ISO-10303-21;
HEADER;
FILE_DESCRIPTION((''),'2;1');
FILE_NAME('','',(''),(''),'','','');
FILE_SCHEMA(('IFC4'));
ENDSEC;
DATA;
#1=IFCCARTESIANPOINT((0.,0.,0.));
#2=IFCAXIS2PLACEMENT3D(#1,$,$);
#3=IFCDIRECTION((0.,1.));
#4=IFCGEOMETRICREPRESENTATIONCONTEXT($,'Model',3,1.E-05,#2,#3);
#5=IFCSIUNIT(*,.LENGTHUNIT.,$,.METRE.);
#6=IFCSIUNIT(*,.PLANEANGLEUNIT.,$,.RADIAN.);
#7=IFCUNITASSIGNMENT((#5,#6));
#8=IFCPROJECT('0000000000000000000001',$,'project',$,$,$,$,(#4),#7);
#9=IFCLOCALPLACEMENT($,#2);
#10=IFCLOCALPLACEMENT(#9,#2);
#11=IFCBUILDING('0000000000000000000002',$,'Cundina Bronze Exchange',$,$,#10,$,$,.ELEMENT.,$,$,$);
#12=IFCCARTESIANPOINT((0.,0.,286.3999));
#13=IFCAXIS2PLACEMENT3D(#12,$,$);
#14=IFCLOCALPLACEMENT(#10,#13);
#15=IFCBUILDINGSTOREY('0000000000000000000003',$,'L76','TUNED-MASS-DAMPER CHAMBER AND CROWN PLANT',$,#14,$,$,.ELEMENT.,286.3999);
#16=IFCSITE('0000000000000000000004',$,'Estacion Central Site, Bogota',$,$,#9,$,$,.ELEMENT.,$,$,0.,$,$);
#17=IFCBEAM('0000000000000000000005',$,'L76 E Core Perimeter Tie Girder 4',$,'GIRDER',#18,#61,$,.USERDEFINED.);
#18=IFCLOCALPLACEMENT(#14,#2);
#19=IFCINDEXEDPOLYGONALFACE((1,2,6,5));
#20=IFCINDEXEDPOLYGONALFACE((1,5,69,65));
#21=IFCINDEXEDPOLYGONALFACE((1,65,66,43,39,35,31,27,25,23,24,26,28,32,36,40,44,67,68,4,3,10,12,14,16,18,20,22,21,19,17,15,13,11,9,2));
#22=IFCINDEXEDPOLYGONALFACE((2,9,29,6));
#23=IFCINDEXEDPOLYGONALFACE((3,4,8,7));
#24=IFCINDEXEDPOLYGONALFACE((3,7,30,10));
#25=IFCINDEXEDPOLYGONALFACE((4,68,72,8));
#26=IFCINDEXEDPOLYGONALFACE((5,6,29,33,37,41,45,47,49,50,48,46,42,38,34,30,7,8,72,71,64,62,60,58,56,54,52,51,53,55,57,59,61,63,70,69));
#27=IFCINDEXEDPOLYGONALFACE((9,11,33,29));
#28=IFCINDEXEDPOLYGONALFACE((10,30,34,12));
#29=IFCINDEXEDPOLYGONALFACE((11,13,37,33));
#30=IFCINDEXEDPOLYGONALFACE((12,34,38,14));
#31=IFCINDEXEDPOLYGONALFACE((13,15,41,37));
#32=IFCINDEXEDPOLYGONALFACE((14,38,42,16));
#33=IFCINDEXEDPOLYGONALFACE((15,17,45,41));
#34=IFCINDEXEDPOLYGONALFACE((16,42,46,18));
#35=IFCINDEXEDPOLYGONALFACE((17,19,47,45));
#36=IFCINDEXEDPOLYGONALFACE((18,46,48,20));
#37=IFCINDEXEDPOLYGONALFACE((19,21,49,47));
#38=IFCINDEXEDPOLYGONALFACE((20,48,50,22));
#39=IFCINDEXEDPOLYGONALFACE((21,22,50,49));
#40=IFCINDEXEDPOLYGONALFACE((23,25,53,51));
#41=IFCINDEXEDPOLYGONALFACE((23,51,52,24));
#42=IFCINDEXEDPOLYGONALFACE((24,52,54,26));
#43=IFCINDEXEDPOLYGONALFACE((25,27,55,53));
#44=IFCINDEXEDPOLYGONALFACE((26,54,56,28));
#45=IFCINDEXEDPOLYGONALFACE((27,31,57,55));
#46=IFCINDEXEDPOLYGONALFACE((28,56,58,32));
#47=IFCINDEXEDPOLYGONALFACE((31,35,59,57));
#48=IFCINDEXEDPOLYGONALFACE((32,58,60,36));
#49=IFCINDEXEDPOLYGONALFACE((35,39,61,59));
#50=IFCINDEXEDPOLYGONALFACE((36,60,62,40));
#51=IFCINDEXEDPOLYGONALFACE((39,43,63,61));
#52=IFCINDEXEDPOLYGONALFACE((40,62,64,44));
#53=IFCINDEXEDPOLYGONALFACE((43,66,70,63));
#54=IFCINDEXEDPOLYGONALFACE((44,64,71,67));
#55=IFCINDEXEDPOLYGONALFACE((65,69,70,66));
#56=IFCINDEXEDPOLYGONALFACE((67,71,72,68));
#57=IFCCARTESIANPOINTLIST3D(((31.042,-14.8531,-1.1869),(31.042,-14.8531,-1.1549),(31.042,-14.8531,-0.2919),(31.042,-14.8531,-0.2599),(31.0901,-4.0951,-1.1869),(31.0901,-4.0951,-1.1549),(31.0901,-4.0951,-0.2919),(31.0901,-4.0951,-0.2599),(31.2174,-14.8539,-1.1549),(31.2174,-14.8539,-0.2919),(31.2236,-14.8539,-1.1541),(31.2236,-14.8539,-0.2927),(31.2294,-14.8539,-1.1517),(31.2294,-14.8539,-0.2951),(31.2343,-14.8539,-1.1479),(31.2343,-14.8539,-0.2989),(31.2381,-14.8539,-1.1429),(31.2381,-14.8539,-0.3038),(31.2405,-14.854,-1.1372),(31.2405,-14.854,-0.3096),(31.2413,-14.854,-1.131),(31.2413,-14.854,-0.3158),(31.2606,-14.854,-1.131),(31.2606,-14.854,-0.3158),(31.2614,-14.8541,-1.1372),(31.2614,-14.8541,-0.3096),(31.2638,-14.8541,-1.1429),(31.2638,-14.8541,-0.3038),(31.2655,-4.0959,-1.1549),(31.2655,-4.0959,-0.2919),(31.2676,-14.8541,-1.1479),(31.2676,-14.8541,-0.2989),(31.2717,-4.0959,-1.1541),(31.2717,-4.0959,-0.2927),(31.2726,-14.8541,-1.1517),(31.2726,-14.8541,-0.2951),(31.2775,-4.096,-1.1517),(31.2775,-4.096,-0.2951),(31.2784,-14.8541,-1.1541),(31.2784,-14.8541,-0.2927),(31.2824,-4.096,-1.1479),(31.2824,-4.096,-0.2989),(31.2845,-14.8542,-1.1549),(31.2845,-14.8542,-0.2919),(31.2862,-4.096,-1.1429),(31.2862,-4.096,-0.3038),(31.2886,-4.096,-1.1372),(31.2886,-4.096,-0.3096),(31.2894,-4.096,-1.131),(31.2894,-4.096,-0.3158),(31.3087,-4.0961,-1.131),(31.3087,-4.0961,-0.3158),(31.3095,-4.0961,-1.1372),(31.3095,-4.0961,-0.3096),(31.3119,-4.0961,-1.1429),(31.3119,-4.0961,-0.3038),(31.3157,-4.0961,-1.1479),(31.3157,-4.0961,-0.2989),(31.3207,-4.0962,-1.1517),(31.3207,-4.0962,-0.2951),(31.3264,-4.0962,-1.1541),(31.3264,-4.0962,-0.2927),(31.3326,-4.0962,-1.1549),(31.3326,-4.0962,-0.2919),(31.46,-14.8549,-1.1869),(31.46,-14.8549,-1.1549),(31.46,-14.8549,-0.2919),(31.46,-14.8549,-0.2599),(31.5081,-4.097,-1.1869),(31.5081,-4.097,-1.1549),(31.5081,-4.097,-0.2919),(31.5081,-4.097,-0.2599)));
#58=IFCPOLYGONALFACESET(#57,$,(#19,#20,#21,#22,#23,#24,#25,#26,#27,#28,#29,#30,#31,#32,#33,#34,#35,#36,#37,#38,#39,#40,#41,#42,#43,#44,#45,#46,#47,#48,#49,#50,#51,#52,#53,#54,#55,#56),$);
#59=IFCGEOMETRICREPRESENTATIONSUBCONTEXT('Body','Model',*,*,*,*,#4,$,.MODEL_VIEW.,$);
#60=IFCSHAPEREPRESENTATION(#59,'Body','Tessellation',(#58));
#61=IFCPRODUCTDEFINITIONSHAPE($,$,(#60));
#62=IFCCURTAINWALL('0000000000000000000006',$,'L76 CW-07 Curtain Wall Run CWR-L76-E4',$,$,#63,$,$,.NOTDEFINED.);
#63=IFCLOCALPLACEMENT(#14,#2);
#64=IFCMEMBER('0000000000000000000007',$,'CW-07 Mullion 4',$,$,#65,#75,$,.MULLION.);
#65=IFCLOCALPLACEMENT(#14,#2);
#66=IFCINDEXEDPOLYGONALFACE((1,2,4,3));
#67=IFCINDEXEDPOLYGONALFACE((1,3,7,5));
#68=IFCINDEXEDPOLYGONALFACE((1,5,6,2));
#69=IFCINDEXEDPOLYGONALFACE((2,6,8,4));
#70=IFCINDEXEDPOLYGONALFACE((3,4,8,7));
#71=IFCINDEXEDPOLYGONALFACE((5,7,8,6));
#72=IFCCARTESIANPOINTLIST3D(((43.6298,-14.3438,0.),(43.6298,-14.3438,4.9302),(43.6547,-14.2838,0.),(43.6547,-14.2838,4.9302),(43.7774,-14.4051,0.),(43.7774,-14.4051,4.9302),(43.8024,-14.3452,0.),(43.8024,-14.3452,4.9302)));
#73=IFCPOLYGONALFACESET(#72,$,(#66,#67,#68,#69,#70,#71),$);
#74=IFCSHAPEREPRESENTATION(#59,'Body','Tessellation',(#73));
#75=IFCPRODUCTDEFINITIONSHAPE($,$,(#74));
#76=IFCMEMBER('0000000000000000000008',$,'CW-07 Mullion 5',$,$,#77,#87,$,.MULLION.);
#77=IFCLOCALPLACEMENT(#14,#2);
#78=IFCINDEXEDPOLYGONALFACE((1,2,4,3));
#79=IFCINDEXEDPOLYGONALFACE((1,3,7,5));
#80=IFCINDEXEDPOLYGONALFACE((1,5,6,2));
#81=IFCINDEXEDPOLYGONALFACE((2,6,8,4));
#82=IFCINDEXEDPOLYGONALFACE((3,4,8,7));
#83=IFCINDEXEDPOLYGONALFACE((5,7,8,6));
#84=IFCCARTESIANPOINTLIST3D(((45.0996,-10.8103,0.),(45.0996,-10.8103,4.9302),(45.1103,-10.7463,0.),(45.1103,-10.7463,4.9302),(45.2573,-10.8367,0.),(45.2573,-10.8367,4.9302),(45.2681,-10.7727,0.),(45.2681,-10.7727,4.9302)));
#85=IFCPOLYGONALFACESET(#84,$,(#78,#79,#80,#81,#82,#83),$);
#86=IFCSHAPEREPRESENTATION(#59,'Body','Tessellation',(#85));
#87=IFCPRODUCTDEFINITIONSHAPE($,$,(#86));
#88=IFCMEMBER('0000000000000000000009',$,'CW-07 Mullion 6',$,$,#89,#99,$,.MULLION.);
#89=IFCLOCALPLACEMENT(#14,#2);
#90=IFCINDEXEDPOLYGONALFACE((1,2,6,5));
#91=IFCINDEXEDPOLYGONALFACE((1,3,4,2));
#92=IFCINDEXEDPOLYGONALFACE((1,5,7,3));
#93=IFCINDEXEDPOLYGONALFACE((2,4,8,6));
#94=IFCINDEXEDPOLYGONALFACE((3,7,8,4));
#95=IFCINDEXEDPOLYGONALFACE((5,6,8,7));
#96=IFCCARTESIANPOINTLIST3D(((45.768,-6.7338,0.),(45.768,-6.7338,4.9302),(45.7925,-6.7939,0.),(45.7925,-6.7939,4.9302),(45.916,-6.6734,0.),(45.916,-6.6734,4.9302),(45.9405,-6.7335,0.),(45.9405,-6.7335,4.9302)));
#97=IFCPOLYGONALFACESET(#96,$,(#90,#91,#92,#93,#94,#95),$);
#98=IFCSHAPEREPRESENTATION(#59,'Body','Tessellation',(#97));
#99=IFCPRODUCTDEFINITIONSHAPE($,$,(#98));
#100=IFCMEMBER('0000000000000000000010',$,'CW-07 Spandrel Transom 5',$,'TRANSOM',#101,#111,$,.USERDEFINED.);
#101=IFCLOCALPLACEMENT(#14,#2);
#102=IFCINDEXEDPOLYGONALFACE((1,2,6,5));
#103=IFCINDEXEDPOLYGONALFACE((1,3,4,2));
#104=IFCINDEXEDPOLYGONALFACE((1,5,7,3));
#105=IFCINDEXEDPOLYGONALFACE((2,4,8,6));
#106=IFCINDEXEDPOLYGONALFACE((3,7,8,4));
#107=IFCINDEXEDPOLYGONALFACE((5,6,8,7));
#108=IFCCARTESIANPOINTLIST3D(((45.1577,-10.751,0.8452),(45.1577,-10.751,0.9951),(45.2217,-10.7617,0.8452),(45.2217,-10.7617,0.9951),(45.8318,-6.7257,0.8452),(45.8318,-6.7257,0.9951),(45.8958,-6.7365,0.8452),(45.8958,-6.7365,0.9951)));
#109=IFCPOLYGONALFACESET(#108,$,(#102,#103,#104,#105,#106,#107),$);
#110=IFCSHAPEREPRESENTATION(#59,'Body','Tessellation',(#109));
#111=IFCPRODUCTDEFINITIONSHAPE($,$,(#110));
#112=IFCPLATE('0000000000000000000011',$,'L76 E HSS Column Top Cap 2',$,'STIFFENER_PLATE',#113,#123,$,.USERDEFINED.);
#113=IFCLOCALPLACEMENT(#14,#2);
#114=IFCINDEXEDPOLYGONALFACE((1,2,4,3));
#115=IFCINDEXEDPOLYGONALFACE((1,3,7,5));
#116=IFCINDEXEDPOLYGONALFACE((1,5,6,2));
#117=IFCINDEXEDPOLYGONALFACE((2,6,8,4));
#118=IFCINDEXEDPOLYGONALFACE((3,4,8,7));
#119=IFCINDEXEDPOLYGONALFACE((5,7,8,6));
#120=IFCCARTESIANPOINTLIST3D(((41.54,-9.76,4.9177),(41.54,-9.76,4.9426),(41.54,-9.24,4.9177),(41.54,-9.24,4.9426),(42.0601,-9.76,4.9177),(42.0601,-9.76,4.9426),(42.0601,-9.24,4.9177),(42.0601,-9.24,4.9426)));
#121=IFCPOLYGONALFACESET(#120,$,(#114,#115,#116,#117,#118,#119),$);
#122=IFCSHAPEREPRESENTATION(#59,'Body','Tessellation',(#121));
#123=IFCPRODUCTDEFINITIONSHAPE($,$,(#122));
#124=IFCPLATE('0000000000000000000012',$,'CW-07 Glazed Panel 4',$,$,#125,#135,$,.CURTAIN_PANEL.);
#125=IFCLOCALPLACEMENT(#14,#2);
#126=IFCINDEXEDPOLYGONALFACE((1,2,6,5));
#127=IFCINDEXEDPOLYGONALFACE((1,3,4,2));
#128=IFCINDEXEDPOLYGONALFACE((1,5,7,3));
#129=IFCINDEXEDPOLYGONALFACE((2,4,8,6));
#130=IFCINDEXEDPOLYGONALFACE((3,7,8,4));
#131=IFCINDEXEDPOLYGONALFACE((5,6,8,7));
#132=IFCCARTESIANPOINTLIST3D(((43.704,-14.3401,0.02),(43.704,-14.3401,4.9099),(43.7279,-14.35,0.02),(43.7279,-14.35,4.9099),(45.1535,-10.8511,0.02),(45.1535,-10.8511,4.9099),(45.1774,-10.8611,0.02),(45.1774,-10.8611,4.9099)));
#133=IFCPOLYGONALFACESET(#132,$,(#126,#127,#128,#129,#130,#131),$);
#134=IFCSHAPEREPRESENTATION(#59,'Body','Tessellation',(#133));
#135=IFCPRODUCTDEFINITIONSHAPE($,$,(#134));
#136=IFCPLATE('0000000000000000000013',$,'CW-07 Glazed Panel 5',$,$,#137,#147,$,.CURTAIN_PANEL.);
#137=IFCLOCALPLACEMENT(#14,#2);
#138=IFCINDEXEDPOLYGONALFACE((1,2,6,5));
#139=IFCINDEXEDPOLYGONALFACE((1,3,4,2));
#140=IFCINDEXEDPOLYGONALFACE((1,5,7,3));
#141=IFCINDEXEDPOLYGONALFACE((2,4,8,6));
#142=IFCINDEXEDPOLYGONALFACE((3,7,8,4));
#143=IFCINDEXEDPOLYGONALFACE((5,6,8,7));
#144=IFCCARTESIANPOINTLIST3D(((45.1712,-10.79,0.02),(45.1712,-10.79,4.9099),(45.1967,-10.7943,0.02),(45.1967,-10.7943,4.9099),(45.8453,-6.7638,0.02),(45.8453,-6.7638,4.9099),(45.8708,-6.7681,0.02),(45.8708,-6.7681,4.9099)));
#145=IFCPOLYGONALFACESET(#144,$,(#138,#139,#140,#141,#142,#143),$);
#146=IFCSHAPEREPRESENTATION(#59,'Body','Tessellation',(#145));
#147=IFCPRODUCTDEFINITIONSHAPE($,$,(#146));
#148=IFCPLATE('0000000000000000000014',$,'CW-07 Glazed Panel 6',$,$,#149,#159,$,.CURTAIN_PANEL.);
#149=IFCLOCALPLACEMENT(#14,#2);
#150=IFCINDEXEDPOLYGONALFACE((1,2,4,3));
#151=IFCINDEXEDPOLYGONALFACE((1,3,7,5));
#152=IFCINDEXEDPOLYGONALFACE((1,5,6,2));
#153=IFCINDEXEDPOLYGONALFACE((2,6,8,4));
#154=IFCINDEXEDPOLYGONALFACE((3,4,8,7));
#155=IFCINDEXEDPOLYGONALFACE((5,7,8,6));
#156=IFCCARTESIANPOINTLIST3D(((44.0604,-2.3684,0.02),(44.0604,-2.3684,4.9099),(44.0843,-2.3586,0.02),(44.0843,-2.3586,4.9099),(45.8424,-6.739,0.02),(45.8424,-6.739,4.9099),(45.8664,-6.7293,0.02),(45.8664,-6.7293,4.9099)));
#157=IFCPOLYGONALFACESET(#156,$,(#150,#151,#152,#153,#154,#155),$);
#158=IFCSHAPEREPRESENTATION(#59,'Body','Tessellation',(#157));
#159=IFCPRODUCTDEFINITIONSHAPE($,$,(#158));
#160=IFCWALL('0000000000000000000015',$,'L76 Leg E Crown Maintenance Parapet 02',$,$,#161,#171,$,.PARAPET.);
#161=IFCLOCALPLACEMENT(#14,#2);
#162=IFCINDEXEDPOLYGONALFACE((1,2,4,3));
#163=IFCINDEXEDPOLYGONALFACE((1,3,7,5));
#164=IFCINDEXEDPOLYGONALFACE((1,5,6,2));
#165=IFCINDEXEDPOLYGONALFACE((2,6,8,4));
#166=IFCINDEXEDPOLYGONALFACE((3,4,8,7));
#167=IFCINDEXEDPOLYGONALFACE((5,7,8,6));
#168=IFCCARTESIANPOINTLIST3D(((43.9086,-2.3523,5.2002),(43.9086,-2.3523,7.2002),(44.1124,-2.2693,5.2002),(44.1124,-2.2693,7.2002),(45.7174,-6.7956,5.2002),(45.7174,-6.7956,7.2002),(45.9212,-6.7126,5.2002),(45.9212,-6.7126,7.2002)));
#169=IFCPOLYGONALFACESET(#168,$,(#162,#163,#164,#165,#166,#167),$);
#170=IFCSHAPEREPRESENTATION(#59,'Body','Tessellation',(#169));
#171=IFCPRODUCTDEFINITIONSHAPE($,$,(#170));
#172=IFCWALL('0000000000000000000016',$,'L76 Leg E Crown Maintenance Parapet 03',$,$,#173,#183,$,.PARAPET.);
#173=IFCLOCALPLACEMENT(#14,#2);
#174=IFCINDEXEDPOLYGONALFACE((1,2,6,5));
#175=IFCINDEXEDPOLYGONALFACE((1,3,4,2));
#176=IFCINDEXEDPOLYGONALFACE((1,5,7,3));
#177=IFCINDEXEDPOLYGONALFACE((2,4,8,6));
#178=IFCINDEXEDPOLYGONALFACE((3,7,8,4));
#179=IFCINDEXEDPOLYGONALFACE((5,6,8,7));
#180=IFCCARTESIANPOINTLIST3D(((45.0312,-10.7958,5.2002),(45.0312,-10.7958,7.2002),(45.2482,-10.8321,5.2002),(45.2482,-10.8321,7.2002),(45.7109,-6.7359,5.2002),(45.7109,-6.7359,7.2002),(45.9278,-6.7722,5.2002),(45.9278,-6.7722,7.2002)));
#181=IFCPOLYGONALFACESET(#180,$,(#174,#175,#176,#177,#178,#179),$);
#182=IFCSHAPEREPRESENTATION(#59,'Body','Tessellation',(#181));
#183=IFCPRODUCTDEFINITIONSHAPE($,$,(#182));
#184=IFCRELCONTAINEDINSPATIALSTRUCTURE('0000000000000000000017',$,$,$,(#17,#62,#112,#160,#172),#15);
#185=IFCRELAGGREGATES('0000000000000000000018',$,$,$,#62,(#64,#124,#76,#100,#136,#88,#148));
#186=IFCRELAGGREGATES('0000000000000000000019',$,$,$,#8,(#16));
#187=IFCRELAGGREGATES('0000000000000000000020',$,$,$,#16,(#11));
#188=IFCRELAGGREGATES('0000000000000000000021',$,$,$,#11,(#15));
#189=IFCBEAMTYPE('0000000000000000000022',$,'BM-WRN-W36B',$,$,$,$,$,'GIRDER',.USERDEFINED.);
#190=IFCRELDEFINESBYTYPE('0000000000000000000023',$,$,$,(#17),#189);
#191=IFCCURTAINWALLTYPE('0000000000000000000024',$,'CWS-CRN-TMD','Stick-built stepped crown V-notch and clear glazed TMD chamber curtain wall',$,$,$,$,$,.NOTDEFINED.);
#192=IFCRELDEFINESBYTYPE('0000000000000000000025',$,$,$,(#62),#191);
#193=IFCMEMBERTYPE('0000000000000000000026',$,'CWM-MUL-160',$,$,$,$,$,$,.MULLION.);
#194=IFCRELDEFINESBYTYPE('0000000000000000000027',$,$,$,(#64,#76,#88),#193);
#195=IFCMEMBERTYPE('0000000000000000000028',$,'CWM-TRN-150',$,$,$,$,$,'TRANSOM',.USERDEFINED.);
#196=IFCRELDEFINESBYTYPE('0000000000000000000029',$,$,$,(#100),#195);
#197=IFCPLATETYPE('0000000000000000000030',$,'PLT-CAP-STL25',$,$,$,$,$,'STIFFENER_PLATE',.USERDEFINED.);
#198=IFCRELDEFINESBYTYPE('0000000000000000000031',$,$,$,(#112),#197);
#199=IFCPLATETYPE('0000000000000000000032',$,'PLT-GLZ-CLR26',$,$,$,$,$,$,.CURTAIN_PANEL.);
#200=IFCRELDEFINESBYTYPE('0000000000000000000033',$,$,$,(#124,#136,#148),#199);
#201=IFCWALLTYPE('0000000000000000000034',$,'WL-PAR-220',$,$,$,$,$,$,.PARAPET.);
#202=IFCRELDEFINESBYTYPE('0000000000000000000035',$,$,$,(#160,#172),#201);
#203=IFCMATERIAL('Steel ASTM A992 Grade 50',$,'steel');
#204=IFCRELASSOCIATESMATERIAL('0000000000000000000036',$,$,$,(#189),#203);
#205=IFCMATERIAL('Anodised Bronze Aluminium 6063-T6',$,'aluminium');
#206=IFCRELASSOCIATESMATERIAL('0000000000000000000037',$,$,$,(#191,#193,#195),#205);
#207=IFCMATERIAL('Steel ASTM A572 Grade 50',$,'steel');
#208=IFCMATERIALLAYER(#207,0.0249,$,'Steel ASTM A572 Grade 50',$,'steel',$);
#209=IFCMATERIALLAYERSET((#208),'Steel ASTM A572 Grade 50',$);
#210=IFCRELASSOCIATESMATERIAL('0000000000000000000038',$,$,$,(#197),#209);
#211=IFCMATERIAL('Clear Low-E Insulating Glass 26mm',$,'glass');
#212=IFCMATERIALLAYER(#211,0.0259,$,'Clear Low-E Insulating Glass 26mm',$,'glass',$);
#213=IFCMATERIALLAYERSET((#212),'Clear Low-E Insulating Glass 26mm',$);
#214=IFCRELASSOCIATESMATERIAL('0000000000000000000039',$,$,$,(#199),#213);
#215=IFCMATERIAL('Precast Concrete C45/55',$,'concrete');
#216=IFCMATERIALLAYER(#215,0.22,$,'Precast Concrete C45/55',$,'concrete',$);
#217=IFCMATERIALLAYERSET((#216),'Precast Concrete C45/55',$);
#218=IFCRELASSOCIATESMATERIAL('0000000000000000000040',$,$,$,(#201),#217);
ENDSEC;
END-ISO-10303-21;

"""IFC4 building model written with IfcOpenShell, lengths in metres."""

from ifc_helpers import new_model, si_unit, direction, frame, frame_2d, origin, origin_2d, place, context, subcontext, project, spatial, rectangle, i_section, extrude, material, layer, layer_set, material_profile, profile_set, type_object, element, aggregate, save


model = new_model("IFC4")

# Units and contexts
model_context = context("Model", 3, precision=1e-05, world=origin(), true_north=direction((0.0, 1.0)))
body_context = subcontext(model_context, "Body", "Model", "MODEL_VIEW")
ifc_project = project(units=[si_unit("LENGTHUNIT", "METRE"), si_unit("PLANEANGLEUNIT", "RADIAN")], contexts=[model_context])

# Site, building, storey
site_placement = place(None, origin())
site = spatial("IfcSite", under=ifc_project, at=site_placement, Name="Estacion Central Site, Bogota", CompositionType="ELEMENT", RefElevation=0.0)
building_placement = place(site_placement, origin())
building = spatial("IfcBuilding", under=site, at=building_placement, Name="Cundina Bronze Exchange", CompositionType="ELEMENT")
storey_placement = place(building_placement, frame((0.0, 0.0, 286.3999)))
storey = spatial("IfcBuildingStorey", under=building, at=storey_placement, Name="L76", Description="TUNED-MASS-DAMPER CHAMBER AND CROWN PLANT", CompositionType="ELEMENT", Elevation=286.3999)

# Shared definitions
ifc_material_1 = material(Name="Steel ASTM A992 Grade 50", Category="steel")

# Beam
ifc_material_profile_1 = material_profile(ifc_material_1, i_section(OverallWidth=0.418, OverallDepth=0.927, WebThickness=0.0193, FlangeThickness=0.032, FilletRadius=0.0239, at=origin_2d()), Name="W36X231", Category="steel")
ifc_profile_set_1 = profile_set([ifc_material_profile_1], Name="Steel ASTM A992 Grade 50")
beam_type_1 = type_object("IfcBeamType", Name="BM-WRN-W36B", ElementType="GIRDER", PredefinedType="USERDEFINED", material=ifc_profile_set_1)
beam_1_placement = place(storey_placement, frame((31.251, -14.854, -0.7234), z_axis=(0.004471, 0.99999, 0.0), x_axis=(-0.99999, 0.004471, 0.0)))
element("IfcBeam", 1, at=beam_1_placement, inside=storey, type_object=beam_type_1, Name="L76 E Core Perimeter Tie Girder 4", ObjectType="GIRDER", PredefinedType="USERDEFINED", context=body_context, shape_type="SweptSolid", body=[
    extrude(i_section(OverallWidth=0.418, OverallDepth=0.927, WebThickness=0.0193, FlangeThickness=0.032, FilletRadius=0.0239, at=origin_2d()), origin(), (0.0, 0.0, 1.0), 10.7581),
])

# Curtain wall, members
ifc_material_2 = material(Name="Anodised Bronze Aluminium 6063-T6", Category="aluminium")
curtain_wall_type = type_object("IfcCurtainWallType", Name="CWS-CRN-TMD", Description="Stick-built stepped crown V-notch and clear glazed TMD chamber curtain wall", PredefinedType="NOTDEFINED", material=ifc_material_2)
curtain_wall_placement = place(storey_placement, origin())
curtain_wall = element("IfcCurtainWall", 2, at=curtain_wall_placement, inside=storey, type_object=curtain_wall_type, Name="L76 CW-07 Curtain Wall Run CWR-L76-E4", PredefinedType="NOTDEFINED")
ifc_material_profile_2 = material_profile(ifc_material_2, rectangle(XDim=0.0649, YDim=0.1599, at=origin_2d()), Name="AL65X160", Category="aluminium")
ifc_profile_set_2 = profile_set([ifc_material_profile_2], Name="Anodised Bronze Aluminium 6063-T6")
member_type_1 = type_object("IfcMemberType", Name="CWM-MUL-160", PredefinedType="MULLION", material=ifc_profile_set_2)
member_1_placement = place(storey_placement, frame((43.7161, -14.3445, 0.0), z_axis=(0.0, 0.0, 1.0), x_axis=(0.383651, 0.923478, 0.0)))
member_1 = element("IfcMember", 3, at=member_1_placement, type_object=member_type_1, Name="CW-07 Mullion 4", PredefinedType="MULLION", context=body_context, shape_type="SweptSolid", body=[
    extrude(rectangle(XDim=0.0649, YDim=0.1599, at=origin_2d()), origin(), (0.0, 0.0, 1.0), 4.9302),
])
member_2_placement = place(storey_placement, frame((45.1838, -10.7915, 0.0), z_axis=(0.0, 0.0, 1.0), x_axis=(0.165048, 0.986286, 0.0)))
member_2 = element("IfcMember", 4, at=member_2_placement, type_object=member_type_1, Name="CW-07 Mullion 5", PredefinedType="MULLION", context=body_context, shape_type="SweptSolid", body=[
    extrude(rectangle(XDim=0.0649, YDim=0.1599, at=origin_2d()), origin(), (0.0, 0.0, 1.0), 4.9302),
])
member_3_placement = place(storey_placement, frame((45.8542, -6.7336, 0.0), z_axis=(0.0, 0.0, 1.0), x_axis=(-0.377518, 0.926002, 0.0)))
member_3 = element("IfcMember", 5, at=member_3_placement, type_object=member_type_1, Name="CW-07 Mullion 6", PredefinedType="MULLION", context=body_context, shape_type="SweptSolid", body=[
    extrude(rectangle(XDim=0.0649, YDim=0.1599, at=origin_2d()), origin(), (0.0, 0.0, 1.0), 4.9302),
])
ifc_material_profile_3 = material_profile(ifc_material_2, rectangle(XDim=0.0649, YDim=0.1499, at=origin_2d()), Name="AL65X150", Category="aluminium")
ifc_profile_set_3 = profile_set([ifc_material_profile_3], Name="Anodised Bronze Aluminium 6063-T6")
member_type_2 = type_object("IfcMemberType", Name="CWM-TRN-150", ElementType="TRANSOM", PredefinedType="USERDEFINED", material=ifc_profile_set_3)
member_4_placement = place(storey_placement, frame((45.1897, -10.7563, 0.9202), z_axis=(0.165165, 0.986266, 0.0), x_axis=(-0.986266, 0.165165, 0.0)))
member_4 = element("IfcMember", 6, at=member_4_placement, type_object=member_type_2, Name="CW-07 Spandrel Transom 5", ObjectType="TRANSOM", PredefinedType="USERDEFINED", context=body_context, shape_type="SweptSolid", body=[
    extrude(rectangle(XDim=0.0649, YDim=0.1499, at=origin_2d()), origin(), (0.0, 0.0, 1.0), 4.0813),
])

# Plates
ifc_material_3 = material(Name="Steel ASTM A572 Grade 50", Category="steel")
ifc_layer_1 = layer(ifc_material_3, 0.0249, Name="Steel ASTM A572 Grade 50", Category="steel")
ifc_layer_set_1 = layer_set([ifc_layer_1], Name="Steel ASTM A572 Grade 50")
plate_type_1 = type_object("IfcPlateType", Name="PLT-CAP-STL25", ElementType="STIFFENER_PLATE", PredefinedType="USERDEFINED", material=ifc_layer_set_1)
plate_1_placement = place(storey_placement, frame((41.8, -9.5, 4.9177), z_axis=(0.0, 0.0, 1.0), x_axis=(1.0, 0.0, 0.0)))
element("IfcPlate", 7, at=plate_1_placement, inside=storey, type_object=plate_type_1, Name="L76 E HSS Column Top Cap 2", ObjectType="STIFFENER_PLATE", PredefinedType="USERDEFINED", context=body_context, shape_type="SweptSolid", body=[
    extrude(rectangle(XDim=0.52, YDim=0.52, at=origin_2d()), origin(), (0.0, 0.0, 1.0), 0.0249),
])
ifc_material_4 = material(Name="Clear Low-E Insulating Glass 26mm", Category="glass")
ifc_layer_2 = layer(ifc_material_4, 0.0259, Name="Clear Low-E Insulating Glass 26mm", Category="glass")
ifc_layer_set_2 = layer_set([ifc_layer_2], Name="Clear Low-E Insulating Glass 26mm")
plate_type_2 = type_object("IfcPlateType", Name="PLT-GLZ-CLR26", PredefinedType="CURTAIN_PANEL", material=ifc_layer_set_2)
plate_2_placement = place(storey_placement, frame((44.4407, -12.6006, 0.02), z_axis=(0.0, 0.0, 1.0), x_axis=(0.383667, 0.923472, 0.0)))
plate_2 = element("IfcPlate", 8, at=plate_2_placement, type_object=plate_type_2, Name="CW-07 Glazed Panel 4", PredefinedType="CURTAIN_PANEL", context=body_context, shape_type="SweptSolid", body=[
    extrude(rectangle(XDim=3.7781, YDim=0.0259, at=origin_2d()), origin(), (0.0, 0.0, 1.0), 4.8899),
])
plate_3_placement = place(storey_placement, frame((45.521, -8.7791, 0.02), z_axis=(0.0, 0.0, 1.0), x_axis=(0.165134, 0.986271, 0.0)))
plate_3 = element("IfcPlate", 9, at=plate_3_placement, type_object=plate_type_2, Name="CW-07 Glazed Panel 5", PredefinedType="CURTAIN_PANEL", context=body_context, shape_type="SweptSolid", body=[
    extrude(rectangle(XDim=4.0823, YDim=0.0259, at=origin_2d()), origin(), (0.0, 0.0, 1.0), 4.8899),
])
plate_4_placement = place(storey_placement, frame((44.9634, -4.5488, 0.02), z_axis=(0.0, 0.0, 1.0), x_axis=(-0.37755, 0.925989, 0.0)))
plate_4 = element("IfcPlate", 10, at=plate_4_placement, type_object=plate_type_2, Name="CW-07 Glazed Panel 6", PredefinedType="CURTAIN_PANEL", context=body_context, shape_type="SweptSolid", body=[
    extrude(rectangle(XDim=4.72, YDim=0.0259, at=origin_2d()), origin(), (0.0, 0.0, 1.0), 4.8899),
])
aggregate(curtain_wall, [member_1, plate_2, member_2, member_4, plate_3, member_3, plate_4])

# Walls
ifc_material_5 = material(Name="Precast Concrete C45/55", Category="concrete")
ifc_layer_3 = layer(ifc_material_5, 0.22, Name="Precast Concrete C45/55", Category="concrete")
ifc_layer_set_3 = layer_set([ifc_layer_3], Name="Precast Concrete C45/55")
wall_type = type_object("IfcWallType", Name="WL-PAR-220", PredefinedType="PARAPET", material=ifc_layer_set_3)
wall_1_placement = place(storey_placement, frame((44.0105, -2.3108, 5.2002), z_axis=(0.0, 0.0, 1.0), x_axis=(0.377043, -0.926196, 0.0)))
element("IfcWall", 11, at=wall_1_placement, inside=storey, type_object=wall_type, Name="L76 Leg E Crown Maintenance Parapet 02", PredefinedType="PARAPET", context=body_context, shape_type="SweptSolid", body=[
    extrude(rectangle(XDim=4.7974, YDim=0.22, at=frame_2d((2.3987, 0.0))), origin(), (0.0, 0.0, 1.0), 2.0),
])
wall_2_placement = place(storey_placement, frame((45.8193, -6.7542, 5.2002), z_axis=(0.0, 0.0, 1.0), x_axis=(-0.165111, -0.986275, 0.0)))
element("IfcWall", 12, at=wall_2_placement, inside=storey, type_object=wall_type, Name="L76 Leg E Crown Maintenance Parapet 03", PredefinedType="PARAPET", context=body_context, shape_type="SweptSolid", body=[
    extrude(rectangle(XDim=4.1165, YDim=0.22, at=frame_2d((2.0581, 0.0))), origin(), (0.0, 0.0, 1.0), 2.0),
])

save(model, "model.ifc")
